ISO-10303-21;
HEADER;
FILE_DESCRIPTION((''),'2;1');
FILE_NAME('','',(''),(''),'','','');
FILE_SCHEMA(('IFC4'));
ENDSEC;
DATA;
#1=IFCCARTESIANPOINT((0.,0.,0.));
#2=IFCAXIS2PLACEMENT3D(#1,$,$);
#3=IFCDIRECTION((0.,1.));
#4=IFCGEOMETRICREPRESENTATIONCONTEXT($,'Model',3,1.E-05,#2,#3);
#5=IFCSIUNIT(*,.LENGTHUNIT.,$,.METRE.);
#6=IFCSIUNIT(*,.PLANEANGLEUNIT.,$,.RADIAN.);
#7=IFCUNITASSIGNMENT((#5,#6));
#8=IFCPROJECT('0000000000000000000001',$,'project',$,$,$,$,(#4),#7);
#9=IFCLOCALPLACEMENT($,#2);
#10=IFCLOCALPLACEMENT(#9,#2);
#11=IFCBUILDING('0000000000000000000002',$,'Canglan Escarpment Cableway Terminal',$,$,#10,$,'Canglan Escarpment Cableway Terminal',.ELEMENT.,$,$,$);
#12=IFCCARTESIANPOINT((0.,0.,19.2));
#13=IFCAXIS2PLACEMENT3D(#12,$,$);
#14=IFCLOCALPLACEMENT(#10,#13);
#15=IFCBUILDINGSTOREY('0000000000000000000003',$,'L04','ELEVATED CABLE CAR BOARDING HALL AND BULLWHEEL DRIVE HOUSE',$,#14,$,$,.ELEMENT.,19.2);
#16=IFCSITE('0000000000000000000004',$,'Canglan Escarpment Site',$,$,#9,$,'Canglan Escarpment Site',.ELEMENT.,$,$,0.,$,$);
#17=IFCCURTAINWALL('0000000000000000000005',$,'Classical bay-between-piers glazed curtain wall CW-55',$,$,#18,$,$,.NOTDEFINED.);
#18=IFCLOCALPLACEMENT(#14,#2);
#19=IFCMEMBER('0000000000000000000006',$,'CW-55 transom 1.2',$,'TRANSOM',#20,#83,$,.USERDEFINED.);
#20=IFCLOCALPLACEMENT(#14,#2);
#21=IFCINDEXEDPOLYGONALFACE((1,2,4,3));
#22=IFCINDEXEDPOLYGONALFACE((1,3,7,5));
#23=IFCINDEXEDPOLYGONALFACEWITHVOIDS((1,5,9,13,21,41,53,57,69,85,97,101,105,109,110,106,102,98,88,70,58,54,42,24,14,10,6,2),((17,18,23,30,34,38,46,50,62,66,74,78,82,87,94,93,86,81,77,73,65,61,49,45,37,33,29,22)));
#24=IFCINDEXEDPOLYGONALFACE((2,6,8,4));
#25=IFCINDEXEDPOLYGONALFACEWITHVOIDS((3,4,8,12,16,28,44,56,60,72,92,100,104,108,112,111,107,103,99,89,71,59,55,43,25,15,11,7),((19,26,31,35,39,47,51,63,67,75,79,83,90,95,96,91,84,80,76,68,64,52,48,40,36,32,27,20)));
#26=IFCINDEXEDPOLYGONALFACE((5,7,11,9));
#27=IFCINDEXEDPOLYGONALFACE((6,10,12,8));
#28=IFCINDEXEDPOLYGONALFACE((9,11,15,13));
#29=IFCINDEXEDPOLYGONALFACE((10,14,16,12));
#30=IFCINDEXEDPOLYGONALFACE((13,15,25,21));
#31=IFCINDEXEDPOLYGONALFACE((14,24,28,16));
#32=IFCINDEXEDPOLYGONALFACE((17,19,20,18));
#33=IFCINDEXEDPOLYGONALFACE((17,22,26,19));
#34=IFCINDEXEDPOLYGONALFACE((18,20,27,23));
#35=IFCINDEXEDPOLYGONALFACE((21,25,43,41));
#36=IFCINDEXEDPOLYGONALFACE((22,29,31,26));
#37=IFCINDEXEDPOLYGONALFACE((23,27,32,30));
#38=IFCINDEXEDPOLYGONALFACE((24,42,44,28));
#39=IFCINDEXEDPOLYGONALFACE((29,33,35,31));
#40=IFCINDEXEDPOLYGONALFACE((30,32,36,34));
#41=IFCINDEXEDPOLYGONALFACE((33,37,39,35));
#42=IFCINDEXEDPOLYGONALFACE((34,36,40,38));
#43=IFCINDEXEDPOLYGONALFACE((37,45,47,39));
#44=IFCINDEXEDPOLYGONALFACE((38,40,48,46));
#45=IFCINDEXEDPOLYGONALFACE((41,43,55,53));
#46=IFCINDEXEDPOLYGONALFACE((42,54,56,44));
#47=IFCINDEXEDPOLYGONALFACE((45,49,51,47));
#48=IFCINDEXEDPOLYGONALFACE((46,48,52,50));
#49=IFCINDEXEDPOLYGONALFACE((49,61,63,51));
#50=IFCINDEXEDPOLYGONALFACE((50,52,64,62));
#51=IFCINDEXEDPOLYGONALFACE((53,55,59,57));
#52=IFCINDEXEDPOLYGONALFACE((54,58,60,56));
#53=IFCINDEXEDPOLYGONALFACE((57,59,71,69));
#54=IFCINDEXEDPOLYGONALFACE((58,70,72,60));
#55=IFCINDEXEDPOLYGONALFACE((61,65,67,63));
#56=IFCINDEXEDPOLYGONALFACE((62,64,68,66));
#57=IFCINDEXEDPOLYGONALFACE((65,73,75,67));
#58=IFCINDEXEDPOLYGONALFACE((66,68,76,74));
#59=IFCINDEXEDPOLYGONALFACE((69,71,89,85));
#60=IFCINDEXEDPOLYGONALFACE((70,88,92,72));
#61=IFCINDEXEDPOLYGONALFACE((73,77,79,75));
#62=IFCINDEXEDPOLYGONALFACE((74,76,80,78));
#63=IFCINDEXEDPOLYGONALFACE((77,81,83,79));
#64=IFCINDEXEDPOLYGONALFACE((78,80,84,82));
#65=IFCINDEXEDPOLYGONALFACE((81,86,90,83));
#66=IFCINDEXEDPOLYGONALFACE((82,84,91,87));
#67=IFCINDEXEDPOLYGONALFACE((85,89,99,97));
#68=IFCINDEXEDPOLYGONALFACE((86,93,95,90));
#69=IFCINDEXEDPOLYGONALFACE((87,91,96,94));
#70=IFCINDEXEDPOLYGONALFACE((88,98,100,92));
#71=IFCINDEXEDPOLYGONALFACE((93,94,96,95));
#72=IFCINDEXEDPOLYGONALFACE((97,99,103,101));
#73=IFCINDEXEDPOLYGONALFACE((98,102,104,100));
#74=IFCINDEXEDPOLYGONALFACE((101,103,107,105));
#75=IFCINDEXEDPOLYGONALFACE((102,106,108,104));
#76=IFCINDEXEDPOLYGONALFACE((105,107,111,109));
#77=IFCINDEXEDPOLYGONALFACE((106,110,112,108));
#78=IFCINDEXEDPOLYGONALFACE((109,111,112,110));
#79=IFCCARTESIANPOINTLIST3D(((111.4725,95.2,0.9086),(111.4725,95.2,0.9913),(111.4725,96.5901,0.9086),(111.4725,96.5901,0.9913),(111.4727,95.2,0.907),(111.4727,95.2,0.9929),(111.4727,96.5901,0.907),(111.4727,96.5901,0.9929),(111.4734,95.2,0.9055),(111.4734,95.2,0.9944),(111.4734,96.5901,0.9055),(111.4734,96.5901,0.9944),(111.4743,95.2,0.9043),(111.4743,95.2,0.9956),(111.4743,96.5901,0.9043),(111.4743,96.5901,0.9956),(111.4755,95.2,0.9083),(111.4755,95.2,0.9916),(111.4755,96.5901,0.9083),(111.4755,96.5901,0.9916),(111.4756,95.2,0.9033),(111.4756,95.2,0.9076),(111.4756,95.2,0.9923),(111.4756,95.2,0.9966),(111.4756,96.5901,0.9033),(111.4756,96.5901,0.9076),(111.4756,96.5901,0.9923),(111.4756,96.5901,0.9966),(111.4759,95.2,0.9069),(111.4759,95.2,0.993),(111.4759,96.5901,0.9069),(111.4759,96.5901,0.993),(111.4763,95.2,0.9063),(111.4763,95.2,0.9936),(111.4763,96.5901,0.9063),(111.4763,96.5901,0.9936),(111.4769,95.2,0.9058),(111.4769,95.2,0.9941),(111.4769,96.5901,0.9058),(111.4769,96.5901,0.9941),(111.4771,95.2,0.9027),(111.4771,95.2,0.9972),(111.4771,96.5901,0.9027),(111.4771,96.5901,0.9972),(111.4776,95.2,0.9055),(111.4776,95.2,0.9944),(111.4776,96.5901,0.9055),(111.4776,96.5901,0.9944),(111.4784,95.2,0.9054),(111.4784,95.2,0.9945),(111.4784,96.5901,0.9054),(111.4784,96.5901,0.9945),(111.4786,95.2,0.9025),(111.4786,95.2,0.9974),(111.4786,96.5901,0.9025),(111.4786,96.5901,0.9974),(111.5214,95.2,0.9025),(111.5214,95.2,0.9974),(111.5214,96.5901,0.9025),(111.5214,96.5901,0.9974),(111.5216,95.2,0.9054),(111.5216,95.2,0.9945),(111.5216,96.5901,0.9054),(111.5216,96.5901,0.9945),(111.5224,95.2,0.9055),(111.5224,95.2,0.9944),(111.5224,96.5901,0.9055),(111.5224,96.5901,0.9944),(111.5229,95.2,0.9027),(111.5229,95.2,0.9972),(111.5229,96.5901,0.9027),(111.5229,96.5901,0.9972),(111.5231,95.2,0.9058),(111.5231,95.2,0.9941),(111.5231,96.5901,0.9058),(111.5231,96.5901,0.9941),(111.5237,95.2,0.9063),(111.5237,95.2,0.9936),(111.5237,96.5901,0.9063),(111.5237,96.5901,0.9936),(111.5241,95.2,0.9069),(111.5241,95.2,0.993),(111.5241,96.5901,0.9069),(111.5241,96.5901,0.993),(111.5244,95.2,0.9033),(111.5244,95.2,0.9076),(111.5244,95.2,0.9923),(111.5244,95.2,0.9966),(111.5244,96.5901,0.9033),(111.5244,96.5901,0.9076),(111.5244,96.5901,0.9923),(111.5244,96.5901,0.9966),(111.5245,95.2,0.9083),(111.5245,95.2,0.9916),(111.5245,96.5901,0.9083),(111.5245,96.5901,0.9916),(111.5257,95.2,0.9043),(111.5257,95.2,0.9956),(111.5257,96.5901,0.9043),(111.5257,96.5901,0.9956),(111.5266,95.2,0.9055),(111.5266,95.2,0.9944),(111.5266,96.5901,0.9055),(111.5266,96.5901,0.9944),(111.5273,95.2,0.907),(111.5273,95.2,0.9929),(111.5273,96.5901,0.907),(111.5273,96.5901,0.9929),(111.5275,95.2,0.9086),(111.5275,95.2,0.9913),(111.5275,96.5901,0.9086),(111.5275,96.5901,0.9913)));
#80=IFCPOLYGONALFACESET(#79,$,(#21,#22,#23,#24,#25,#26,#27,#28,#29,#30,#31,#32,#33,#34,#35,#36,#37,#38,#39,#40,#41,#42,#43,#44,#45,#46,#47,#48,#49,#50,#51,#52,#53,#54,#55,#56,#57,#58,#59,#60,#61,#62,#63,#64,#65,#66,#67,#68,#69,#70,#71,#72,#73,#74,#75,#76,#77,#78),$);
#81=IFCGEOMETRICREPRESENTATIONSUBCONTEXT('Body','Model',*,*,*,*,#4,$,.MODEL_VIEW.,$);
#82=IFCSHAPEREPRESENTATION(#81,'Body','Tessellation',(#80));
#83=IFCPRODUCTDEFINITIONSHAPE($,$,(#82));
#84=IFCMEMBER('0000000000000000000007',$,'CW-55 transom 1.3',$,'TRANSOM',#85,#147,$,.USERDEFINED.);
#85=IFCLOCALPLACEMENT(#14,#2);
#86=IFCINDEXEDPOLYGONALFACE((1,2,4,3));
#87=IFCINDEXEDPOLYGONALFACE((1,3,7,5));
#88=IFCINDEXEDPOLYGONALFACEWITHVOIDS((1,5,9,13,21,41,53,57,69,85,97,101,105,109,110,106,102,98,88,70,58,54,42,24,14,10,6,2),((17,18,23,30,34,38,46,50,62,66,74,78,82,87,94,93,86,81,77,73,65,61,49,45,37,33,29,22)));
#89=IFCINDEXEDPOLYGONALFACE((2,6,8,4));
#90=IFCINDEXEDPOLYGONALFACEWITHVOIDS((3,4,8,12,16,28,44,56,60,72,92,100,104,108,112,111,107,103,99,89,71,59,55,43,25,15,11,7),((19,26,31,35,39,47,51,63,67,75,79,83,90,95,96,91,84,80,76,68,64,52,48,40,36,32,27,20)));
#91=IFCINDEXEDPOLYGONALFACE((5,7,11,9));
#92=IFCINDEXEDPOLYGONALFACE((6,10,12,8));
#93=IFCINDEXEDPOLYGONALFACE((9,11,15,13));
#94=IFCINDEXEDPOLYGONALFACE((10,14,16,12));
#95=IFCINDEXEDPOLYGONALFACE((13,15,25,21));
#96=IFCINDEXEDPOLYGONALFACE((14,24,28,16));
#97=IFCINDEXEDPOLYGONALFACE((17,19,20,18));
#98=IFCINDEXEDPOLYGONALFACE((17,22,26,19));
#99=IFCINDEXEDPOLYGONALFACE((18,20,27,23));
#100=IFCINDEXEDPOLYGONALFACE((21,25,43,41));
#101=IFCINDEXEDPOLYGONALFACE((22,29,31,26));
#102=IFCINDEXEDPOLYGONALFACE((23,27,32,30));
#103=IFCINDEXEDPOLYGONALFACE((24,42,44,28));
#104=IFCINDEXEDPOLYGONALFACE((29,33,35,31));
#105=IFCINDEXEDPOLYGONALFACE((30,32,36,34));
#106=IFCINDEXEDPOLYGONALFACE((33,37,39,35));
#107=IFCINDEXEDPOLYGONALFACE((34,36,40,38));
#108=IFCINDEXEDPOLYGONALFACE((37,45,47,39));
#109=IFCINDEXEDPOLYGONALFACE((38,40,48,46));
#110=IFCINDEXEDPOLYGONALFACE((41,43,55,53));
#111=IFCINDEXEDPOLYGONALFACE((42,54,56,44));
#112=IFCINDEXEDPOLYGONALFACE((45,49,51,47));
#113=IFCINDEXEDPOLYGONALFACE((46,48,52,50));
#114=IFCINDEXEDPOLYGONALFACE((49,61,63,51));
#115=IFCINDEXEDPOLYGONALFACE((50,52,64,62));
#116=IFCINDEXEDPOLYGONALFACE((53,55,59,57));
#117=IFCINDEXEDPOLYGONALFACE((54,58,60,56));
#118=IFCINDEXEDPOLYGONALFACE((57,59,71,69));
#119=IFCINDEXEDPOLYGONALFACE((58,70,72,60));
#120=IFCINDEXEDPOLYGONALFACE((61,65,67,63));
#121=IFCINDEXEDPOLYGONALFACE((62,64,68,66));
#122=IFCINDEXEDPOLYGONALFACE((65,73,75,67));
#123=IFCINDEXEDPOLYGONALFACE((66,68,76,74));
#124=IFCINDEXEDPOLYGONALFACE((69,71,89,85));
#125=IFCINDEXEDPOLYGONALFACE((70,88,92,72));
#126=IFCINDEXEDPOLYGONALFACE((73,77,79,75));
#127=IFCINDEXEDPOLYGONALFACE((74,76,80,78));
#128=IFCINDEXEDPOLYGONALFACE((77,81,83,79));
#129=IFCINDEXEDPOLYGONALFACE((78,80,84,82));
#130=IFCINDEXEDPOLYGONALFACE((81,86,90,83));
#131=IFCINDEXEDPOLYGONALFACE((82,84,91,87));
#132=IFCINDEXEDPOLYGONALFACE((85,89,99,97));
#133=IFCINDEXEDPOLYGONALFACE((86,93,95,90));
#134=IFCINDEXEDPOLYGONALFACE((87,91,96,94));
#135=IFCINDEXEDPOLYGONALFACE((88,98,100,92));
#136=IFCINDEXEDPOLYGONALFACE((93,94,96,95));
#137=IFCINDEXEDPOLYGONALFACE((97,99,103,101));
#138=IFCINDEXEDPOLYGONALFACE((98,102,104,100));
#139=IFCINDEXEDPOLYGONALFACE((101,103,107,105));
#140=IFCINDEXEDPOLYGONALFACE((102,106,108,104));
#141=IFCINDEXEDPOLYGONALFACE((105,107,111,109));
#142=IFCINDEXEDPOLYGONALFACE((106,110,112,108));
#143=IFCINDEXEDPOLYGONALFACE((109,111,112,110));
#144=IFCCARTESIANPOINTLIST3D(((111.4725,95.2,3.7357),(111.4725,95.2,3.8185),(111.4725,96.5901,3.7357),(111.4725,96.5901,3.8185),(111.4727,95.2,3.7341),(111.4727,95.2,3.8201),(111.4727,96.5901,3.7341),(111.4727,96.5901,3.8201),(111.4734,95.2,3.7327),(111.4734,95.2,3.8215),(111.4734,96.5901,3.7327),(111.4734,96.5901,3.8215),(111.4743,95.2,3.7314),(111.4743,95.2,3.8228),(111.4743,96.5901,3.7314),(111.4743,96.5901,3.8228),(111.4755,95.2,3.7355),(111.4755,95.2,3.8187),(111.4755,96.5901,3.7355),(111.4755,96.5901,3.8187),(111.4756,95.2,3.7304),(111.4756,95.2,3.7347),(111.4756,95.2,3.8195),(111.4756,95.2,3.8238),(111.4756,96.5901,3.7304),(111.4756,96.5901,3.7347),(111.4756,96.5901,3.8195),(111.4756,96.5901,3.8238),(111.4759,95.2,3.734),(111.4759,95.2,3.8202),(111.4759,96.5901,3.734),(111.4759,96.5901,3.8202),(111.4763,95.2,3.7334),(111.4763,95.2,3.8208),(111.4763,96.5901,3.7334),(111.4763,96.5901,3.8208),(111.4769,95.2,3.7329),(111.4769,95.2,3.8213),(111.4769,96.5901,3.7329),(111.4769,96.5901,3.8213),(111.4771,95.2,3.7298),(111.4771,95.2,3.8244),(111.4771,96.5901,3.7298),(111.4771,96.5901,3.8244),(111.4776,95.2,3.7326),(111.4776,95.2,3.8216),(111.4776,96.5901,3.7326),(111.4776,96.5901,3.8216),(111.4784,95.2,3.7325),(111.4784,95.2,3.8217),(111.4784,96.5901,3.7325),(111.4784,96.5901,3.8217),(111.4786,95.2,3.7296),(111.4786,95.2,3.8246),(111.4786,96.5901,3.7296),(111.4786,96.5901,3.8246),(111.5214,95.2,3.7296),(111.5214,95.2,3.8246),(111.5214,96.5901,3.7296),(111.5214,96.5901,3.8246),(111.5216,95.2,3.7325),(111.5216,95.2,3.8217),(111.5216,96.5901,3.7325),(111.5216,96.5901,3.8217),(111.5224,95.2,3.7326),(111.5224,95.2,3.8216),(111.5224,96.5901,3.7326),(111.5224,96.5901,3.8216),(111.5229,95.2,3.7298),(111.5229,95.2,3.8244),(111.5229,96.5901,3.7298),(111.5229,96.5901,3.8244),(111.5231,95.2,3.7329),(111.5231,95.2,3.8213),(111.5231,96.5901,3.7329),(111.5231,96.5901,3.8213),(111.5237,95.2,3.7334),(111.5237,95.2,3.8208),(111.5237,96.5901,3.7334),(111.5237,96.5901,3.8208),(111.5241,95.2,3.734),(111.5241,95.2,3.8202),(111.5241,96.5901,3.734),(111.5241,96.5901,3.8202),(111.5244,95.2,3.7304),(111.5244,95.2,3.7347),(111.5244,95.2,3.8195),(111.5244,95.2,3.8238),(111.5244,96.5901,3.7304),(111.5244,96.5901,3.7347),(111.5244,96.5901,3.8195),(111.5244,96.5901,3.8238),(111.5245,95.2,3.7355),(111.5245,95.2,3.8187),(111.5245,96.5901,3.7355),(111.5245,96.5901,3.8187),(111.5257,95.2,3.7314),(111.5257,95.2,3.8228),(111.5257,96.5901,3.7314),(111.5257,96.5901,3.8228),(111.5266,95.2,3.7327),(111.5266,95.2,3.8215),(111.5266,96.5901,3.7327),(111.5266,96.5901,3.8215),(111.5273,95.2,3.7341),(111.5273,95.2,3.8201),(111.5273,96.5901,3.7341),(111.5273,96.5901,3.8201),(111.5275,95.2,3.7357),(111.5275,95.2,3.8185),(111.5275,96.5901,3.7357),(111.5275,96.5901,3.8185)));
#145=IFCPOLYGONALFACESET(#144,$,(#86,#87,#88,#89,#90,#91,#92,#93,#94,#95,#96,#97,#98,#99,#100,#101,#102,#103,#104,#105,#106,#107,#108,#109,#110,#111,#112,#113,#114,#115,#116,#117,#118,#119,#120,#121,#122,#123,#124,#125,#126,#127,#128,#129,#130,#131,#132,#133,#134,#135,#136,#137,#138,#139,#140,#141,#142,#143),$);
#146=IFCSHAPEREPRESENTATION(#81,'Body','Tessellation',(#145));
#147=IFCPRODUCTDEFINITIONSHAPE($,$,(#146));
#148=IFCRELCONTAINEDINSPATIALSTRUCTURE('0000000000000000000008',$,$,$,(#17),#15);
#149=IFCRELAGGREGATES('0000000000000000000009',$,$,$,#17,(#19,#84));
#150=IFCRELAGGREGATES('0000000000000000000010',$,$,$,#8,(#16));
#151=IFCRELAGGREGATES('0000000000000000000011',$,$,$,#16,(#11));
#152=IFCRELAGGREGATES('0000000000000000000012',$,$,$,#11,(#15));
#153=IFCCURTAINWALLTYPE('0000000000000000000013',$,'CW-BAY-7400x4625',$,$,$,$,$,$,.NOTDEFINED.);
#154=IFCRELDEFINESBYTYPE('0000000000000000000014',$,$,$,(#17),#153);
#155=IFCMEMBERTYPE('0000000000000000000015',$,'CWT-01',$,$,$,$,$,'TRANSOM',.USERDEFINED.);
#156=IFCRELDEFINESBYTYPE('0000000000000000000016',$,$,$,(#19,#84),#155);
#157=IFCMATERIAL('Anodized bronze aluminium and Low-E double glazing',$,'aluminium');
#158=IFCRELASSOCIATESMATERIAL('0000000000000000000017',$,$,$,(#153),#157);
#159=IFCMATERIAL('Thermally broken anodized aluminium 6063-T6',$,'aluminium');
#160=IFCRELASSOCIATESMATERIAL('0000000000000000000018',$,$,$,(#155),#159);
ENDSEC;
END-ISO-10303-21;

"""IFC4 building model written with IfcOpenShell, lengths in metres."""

from ifc_helpers import new_model, si_unit, direction, frame, origin, origin_2d, place, context, subcontext, project, spatial, hollow_rectangle, extrude, material, material_profile, profile_set, type_object, element, aggregate, save


model = new_model("IFC4")

# Units and contexts
model_context = context("Model", 3, precision=1e-05, world=origin(), true_north=direction((0.0, 1.0)))
body_context = subcontext(model_context, "Body", "Model", "MODEL_VIEW")
ifc_project = project(units=[si_unit("LENGTHUNIT", "METRE"), si_unit("PLANEANGLEUNIT", "RADIAN")], contexts=[model_context])

# Site, building, storey
site_placement = place(None, origin())
site = spatial("IfcSite", under=ifc_project, at=site_placement, Name="Canglan Escarpment Site", LongName="Canglan Escarpment Site", CompositionType="ELEMENT", RefElevation=0.0)
building_placement = place(site_placement, origin())
building = spatial("IfcBuilding", under=site, at=building_placement, Name="Canglan Escarpment Cableway Terminal", LongName="Canglan Escarpment Cableway Terminal", CompositionType="ELEMENT")
storey_placement = place(building_placement, frame((0.0, 0.0, 19.2)))
storey = spatial("IfcBuildingStorey", under=building, at=storey_placement, Name="L04", Description="ELEVATED CABLE CAR BOARDING HALL AND BULLWHEEL DRIVE HOUSE", CompositionType="ELEMENT", Elevation=19.2)

# Curtain wall
ifc_material_1 = material(Name="Anodized bronze aluminium and Low-E double glazing", Category="aluminium")
curtain_wall_type_1 = type_object("IfcCurtainWallType", Name="CW-BAY-7400x4625", PredefinedType="NOTDEFINED", material=ifc_material_1)
curtain_wall_1_placement = place(storey_placement, origin())
curtain_wall_1 = element("IfcCurtainWall", 1, at=curtain_wall_1_placement, inside=storey, type_object=curtain_wall_type_1, Name="Classical bay-between-piers glazed curtain wall CW-55", PredefinedType="NOTDEFINED")
ifc_material_2 = material(Name="Thermally broken anodized aluminium 6063-T6", Category="aluminium")

# Members
ifc_material_profile_1 = material_profile(ifc_material_2, hollow_rectangle(XDim=0.0549, YDim=0.095, WallThickness=0.0029, InnerFilletRadius=0.0029, OuterFilletRadius=0.0061, at=origin_2d()), Name="ALU-TRAN 55x95x3")
ifc_profile_set_1 = profile_set([ifc_material_profile_1], Name="Thermally broken anodized aluminium 6063-T6")
member_type_1 = type_object("IfcMemberType", Name="CWT-01", ElementType="TRANSOM", PredefinedType="USERDEFINED", material=ifc_profile_set_1)
member_1_placement = place(storey_placement, frame((111.5, 96.5901, 0.95), z_axis=(0.0, -1.0, 0.0), x_axis=(1.0, 0.0, 0.0)))
member_1 = element("IfcMember", 2, at=member_1_placement, type_object=member_type_1, Name="CW-55 transom 1.2", ObjectType="TRANSOM", PredefinedType="USERDEFINED", context=body_context, shape_type="SweptSolid", body=[
    extrude(hollow_rectangle(XDim=0.0549, YDim=0.095, WallThickness=0.0029, InnerFilletRadius=0.0029, OuterFilletRadius=0.0061, at=origin_2d()), origin(), (0.0, 0.0, 1.0), 1.3901),
])
member_2_placement = place(storey_placement, frame((111.5, 96.5901, 3.7771), z_axis=(0.0, -1.0, 0.0), x_axis=(1.0, 0.0, 0.0)))
member_2 = element("IfcMember", 3, at=member_2_placement, type_object=member_type_1, Name="CW-55 transom 1.3", ObjectType="TRANSOM", PredefinedType="USERDEFINED", context=body_context, shape_type="SweptSolid", body=[
    extrude(hollow_rectangle(XDim=0.0549, YDim=0.095, WallThickness=0.0029, InnerFilletRadius=0.0029, OuterFilletRadius=0.0061, at=origin_2d()), origin(), (0.0, 0.0, 1.0), 1.3901),
])

aggregate(curtain_wall_1, [member_1, member_2])

save(model, "model.ifc")
